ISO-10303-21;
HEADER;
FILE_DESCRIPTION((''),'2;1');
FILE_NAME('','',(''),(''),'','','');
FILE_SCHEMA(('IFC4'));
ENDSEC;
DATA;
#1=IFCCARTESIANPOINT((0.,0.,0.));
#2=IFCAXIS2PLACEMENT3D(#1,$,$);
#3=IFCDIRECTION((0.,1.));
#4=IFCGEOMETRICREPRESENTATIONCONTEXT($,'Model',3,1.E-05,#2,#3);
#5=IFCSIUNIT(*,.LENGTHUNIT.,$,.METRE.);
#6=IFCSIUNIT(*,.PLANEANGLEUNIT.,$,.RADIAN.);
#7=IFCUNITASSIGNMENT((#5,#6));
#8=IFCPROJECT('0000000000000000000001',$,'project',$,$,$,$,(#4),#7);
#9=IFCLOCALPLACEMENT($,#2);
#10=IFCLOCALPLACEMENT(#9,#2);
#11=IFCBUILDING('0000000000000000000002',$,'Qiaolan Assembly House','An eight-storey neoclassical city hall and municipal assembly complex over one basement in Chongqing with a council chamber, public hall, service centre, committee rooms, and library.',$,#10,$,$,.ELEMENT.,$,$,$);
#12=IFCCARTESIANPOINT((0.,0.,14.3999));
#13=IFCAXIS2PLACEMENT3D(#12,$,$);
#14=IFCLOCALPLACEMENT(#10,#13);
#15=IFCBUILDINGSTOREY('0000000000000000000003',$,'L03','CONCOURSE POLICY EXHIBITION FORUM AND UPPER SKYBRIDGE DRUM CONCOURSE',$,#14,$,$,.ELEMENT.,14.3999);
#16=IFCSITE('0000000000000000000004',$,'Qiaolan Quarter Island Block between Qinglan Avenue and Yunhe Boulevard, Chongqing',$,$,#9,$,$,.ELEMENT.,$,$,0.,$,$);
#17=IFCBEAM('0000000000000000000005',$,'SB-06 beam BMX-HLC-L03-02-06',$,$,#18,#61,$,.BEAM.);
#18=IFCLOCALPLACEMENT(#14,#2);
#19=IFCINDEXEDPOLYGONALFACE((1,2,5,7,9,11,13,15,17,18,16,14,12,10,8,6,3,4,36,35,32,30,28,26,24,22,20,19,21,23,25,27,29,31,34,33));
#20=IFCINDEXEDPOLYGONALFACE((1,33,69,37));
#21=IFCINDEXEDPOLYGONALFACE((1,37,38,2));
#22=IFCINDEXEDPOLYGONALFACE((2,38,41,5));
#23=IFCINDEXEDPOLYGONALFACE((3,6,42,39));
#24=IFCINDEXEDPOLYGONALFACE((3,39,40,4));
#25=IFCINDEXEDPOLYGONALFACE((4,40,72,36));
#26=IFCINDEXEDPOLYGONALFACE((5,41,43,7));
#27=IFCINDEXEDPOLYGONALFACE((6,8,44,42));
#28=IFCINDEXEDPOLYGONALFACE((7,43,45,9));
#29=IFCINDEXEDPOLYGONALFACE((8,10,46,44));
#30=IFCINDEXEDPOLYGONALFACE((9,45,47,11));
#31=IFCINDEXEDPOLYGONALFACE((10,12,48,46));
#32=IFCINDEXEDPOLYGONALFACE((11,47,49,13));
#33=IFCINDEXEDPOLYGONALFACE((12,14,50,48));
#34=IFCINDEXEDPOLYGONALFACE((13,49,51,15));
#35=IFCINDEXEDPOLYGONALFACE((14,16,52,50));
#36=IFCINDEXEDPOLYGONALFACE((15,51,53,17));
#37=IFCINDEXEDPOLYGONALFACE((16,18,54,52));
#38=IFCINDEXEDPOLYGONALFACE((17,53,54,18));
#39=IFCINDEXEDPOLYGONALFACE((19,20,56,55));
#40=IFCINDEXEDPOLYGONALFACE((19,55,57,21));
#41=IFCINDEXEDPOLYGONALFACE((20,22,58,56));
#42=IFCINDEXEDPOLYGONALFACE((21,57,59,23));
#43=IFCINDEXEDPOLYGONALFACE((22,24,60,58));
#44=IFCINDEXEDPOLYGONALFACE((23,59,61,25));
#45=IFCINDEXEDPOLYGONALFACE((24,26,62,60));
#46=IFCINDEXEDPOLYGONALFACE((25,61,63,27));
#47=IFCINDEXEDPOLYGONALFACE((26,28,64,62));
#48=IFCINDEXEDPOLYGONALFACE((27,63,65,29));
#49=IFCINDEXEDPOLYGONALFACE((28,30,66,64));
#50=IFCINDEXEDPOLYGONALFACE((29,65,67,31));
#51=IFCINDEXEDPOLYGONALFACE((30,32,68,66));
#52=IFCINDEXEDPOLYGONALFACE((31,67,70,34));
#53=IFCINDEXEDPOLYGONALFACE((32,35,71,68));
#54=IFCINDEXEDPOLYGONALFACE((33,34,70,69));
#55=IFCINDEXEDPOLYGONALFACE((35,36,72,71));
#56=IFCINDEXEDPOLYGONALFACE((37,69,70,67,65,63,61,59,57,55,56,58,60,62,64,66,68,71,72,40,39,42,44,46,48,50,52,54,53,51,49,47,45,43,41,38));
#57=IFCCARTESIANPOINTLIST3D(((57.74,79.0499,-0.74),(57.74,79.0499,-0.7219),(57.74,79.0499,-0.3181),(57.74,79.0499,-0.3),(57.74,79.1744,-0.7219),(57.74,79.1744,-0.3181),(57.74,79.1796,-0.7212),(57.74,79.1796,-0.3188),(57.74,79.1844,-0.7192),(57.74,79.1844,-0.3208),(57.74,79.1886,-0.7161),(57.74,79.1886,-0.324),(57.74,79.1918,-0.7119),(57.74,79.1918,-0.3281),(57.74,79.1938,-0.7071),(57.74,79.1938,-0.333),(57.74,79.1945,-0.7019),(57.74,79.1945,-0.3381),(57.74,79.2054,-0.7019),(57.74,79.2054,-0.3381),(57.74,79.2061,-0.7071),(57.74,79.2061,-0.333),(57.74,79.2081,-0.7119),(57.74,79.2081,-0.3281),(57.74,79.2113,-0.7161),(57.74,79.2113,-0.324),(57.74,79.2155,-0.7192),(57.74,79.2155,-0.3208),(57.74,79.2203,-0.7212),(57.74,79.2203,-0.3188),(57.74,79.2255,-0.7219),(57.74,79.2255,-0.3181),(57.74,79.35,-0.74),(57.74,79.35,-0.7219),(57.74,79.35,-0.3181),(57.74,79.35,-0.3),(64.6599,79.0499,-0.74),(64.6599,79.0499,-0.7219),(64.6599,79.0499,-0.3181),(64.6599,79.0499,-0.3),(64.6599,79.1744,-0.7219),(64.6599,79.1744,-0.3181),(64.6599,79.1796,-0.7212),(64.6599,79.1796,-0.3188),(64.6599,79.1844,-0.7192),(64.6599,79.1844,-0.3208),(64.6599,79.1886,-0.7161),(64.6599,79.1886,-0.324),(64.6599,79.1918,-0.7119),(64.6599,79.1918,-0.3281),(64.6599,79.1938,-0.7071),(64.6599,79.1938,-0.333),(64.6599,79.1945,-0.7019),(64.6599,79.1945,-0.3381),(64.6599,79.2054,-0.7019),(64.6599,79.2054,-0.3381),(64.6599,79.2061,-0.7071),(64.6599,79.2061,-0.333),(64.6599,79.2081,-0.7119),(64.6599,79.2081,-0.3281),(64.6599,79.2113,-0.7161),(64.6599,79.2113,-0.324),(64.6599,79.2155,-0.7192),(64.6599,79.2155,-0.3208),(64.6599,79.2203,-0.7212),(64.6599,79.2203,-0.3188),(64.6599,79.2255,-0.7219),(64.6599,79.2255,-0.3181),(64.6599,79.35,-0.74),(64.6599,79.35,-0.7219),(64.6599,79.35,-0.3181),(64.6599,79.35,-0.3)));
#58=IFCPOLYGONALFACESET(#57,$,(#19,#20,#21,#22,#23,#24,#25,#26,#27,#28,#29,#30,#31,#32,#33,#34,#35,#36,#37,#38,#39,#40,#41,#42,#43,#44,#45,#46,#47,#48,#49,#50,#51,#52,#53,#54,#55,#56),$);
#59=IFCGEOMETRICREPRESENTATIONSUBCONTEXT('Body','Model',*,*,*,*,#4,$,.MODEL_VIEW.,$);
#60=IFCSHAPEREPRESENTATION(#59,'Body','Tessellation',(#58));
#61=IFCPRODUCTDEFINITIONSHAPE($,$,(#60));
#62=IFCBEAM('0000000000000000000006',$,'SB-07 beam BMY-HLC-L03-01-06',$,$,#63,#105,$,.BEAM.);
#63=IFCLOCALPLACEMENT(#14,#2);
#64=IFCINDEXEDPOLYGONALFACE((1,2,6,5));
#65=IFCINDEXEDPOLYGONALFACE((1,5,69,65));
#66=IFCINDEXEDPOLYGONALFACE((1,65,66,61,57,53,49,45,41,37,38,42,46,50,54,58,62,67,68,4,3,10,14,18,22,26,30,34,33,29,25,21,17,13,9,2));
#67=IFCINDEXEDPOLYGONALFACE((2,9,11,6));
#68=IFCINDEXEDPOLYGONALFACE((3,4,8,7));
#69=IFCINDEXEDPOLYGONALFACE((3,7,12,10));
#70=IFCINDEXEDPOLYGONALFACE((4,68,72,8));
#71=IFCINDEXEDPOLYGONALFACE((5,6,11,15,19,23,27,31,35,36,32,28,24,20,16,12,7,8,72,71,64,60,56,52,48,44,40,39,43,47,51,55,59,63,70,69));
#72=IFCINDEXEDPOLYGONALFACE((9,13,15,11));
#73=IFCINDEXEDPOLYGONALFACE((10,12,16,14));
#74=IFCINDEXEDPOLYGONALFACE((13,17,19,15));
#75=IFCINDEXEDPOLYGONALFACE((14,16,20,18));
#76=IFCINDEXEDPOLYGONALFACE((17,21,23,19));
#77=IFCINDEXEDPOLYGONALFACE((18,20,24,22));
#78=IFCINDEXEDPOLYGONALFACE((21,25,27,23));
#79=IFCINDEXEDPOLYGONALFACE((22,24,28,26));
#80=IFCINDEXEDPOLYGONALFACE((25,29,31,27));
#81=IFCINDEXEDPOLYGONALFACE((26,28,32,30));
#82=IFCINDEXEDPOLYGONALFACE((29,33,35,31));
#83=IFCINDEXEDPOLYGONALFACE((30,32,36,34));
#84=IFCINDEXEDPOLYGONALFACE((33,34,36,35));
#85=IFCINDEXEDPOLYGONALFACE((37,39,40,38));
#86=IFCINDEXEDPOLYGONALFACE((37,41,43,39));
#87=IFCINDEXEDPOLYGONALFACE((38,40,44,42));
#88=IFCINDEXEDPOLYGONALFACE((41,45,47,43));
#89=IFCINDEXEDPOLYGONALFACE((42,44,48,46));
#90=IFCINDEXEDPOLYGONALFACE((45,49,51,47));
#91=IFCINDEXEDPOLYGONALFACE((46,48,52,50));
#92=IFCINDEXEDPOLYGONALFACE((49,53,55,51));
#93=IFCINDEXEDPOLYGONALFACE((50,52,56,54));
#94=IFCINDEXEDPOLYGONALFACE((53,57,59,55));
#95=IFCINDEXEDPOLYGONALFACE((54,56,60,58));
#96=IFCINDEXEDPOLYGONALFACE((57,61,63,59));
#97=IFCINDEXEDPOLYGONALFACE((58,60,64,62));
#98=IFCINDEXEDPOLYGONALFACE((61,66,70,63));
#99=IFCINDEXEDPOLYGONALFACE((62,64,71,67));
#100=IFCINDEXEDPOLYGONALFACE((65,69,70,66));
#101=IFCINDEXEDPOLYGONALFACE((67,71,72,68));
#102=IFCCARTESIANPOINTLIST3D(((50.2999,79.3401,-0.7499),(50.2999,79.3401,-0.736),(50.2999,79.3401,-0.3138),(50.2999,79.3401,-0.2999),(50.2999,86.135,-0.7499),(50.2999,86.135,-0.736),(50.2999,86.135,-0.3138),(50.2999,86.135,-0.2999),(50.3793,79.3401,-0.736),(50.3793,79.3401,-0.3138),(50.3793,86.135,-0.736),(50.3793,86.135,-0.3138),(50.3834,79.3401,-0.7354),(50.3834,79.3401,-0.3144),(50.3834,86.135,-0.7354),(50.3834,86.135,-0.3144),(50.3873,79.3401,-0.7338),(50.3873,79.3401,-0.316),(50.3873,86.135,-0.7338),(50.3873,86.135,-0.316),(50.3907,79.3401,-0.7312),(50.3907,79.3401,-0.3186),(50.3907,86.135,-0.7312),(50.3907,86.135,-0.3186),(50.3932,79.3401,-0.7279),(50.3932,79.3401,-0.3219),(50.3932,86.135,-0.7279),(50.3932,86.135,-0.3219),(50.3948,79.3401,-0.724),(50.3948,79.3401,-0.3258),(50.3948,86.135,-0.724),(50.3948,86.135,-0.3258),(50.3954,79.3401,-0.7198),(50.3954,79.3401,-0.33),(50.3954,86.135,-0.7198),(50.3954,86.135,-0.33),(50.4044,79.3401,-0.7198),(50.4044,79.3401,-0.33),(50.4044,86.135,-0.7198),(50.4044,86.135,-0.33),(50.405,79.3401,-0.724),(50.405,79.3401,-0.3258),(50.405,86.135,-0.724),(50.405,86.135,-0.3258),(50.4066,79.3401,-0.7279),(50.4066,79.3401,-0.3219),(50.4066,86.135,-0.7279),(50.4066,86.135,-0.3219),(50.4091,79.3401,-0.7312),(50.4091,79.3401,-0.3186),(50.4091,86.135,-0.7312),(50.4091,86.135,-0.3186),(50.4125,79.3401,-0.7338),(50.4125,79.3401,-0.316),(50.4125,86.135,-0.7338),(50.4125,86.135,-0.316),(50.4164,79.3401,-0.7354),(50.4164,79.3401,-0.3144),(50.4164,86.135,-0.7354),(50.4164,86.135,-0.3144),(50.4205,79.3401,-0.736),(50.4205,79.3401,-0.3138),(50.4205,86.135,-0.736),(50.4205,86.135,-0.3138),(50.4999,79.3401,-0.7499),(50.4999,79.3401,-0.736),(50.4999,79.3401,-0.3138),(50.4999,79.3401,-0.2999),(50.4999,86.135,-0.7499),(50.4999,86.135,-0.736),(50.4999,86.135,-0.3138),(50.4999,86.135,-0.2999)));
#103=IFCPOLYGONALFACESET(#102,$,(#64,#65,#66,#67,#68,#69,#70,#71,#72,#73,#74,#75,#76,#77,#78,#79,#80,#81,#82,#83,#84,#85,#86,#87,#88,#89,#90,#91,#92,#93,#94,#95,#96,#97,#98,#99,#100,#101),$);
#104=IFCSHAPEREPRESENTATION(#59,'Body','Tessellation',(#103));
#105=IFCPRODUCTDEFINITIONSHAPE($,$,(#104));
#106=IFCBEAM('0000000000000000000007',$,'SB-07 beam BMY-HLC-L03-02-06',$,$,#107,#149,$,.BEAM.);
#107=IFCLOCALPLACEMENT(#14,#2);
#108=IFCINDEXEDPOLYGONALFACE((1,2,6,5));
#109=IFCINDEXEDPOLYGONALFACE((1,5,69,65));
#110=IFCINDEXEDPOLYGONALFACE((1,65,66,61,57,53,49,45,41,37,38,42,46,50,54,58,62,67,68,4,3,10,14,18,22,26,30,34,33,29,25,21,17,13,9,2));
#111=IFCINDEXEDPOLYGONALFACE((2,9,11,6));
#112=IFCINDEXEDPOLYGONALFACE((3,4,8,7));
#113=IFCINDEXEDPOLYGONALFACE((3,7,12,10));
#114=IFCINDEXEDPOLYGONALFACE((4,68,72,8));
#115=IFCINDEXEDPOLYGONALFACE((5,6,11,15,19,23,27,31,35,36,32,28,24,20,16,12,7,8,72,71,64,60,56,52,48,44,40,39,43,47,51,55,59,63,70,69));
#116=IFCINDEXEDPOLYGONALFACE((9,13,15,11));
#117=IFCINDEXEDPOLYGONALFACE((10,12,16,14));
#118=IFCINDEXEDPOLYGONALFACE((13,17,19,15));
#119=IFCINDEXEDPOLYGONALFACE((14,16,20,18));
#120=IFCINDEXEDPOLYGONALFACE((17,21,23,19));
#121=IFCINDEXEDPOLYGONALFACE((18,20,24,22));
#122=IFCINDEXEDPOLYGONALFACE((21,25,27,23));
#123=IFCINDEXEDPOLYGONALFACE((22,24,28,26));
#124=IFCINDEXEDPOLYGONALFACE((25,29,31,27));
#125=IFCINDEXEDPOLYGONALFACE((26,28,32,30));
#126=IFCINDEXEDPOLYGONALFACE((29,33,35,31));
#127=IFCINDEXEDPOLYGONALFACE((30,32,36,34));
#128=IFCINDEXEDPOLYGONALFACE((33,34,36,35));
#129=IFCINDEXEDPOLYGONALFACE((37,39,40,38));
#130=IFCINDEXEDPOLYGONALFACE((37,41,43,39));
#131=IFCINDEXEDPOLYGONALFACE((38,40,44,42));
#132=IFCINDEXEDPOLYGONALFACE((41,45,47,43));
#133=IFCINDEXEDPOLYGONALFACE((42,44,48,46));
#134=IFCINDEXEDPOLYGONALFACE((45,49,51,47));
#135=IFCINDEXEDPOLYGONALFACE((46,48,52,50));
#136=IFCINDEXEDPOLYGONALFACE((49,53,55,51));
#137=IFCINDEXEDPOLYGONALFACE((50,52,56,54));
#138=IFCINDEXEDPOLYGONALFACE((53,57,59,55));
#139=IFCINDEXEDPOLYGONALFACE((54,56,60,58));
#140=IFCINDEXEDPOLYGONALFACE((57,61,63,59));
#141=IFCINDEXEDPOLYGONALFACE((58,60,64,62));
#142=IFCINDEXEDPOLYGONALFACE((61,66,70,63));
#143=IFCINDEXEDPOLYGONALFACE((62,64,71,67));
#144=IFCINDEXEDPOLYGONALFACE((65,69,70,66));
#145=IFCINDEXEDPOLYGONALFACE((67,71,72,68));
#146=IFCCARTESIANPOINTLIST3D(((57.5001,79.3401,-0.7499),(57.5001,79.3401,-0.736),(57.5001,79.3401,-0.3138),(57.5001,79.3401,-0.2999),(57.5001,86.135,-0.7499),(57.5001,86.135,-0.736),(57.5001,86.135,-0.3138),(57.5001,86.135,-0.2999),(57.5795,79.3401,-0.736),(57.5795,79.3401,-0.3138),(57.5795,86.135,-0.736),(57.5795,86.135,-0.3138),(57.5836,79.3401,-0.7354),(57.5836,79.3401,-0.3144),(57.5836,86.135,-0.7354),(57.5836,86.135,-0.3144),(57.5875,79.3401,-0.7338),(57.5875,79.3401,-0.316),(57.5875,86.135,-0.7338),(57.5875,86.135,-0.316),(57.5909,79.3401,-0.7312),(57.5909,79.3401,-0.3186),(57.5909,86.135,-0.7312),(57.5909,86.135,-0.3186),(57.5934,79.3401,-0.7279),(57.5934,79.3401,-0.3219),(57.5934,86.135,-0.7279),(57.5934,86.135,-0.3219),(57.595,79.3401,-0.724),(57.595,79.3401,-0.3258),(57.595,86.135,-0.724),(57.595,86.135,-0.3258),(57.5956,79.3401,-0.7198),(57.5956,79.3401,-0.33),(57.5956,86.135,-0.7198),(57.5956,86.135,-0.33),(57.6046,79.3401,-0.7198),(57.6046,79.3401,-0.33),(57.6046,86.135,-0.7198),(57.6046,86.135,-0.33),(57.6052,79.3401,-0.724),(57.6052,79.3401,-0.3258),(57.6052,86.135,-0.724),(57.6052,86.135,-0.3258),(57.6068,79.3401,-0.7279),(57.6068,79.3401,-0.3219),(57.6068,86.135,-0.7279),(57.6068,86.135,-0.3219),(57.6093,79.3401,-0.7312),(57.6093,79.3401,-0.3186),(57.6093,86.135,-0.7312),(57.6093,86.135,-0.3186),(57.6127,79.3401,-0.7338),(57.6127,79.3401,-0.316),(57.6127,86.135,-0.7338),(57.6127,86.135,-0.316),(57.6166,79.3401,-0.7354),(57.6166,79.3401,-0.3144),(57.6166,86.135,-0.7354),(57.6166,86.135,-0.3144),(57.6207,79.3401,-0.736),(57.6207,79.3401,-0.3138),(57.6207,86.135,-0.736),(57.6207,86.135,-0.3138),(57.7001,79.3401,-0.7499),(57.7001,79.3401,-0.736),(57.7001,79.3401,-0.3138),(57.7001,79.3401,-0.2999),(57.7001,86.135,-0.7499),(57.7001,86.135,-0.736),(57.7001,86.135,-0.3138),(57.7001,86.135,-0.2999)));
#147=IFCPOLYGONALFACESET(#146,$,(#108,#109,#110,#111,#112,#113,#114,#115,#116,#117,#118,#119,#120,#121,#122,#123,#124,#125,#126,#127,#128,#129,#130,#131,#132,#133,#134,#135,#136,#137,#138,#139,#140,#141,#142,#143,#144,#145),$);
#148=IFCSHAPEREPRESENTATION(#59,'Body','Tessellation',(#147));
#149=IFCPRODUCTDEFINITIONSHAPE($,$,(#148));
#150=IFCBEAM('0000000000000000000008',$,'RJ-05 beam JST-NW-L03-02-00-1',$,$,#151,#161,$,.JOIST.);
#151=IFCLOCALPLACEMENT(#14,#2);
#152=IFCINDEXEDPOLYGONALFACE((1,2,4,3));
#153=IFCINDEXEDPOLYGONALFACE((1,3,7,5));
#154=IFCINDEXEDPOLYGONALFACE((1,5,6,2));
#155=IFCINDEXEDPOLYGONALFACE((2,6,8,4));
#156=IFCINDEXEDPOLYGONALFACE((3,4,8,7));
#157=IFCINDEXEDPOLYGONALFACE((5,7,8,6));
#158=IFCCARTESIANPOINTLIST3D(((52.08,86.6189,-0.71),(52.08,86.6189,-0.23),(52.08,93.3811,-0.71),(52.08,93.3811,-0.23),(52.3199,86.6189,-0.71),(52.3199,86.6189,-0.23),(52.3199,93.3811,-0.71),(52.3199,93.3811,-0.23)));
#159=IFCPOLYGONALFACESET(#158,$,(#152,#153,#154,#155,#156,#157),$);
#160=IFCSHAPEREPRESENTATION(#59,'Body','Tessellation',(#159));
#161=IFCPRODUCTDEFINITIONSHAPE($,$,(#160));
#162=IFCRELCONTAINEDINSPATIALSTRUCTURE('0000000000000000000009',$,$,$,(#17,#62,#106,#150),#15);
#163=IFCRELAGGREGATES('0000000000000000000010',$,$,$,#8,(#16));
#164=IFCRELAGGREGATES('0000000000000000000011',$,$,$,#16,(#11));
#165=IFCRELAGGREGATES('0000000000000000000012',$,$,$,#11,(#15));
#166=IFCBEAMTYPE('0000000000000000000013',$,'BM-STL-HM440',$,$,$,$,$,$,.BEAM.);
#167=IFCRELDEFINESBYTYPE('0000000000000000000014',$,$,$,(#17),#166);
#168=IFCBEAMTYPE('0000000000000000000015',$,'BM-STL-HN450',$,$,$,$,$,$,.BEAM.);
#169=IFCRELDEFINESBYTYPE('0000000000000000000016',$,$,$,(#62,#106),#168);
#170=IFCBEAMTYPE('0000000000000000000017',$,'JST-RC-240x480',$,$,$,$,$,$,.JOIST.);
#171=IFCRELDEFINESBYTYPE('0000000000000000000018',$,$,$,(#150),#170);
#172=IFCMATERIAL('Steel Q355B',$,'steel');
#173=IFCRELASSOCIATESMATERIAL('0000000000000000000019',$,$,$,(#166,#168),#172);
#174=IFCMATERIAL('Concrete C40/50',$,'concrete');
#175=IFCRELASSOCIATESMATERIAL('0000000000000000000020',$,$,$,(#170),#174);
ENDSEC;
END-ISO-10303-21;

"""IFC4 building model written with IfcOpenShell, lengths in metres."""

from ifc_helpers import new_model, si_unit, direction, frame, origin, origin_2d, place, context, subcontext, project, spatial, rectangle, i_section, extrude, material, material_profile, profile_set, type_object, element, save


model = new_model("IFC4")

# Units and contexts
model_context = context("Model", 3, precision=1e-05, world=origin(), true_north=direction((0.0, 1.0)))
body_context = subcontext(model_context, "Body", "Model", "MODEL_VIEW")
ifc_project = project(units=[si_unit("LENGTHUNIT", "METRE"), si_unit("PLANEANGLEUNIT", "RADIAN")], contexts=[model_context])

# Site, building, storey
site_placement = place(None, origin())
site = spatial("IfcSite", under=ifc_project, at=site_placement, Name="Qiaolan Quarter Island Block between Qinglan Avenue and Yunhe Boulevard, Chongqing", CompositionType="ELEMENT", RefElevation=0.0)
building_placement = place(site_placement, origin())
building = spatial("IfcBuilding", under=site, at=building_placement, Name="Qiaolan Assembly House", Description="An eight-storey neoclassical city hall and municipal assembly complex over one basement in Chongqing with a council chamber, public hall, service centre, committee rooms, and library.", CompositionType="ELEMENT")
storey_placement = place(building_placement, frame((0.0, 0.0, 14.3999)))
storey = spatial("IfcBuildingStorey", under=building, at=storey_placement, Name="L03", Description="CONCOURSE POLICY EXHIBITION FORUM AND UPPER SKYBRIDGE DRUM CONCOURSE", CompositionType="ELEMENT", Elevation=14.3999)

# Shared definitions
ifc_material_1 = material(Name="Steel Q355B", Category="steel")

# Beams
ifc_material_2 = material(Name="Concrete C40/50", Category="concrete")
ifc_material_profile_1 = material_profile(ifc_material_1, i_section(OverallWidth=0.3, OverallDepth=0.4399, WebThickness=0.011, FlangeThickness=0.0181, FilletRadius=0.02, at=origin_2d()), Name="HM 440x300x11x18")
ifc_profile_set_1 = profile_set([ifc_material_profile_1], Name="Steel Q355B")
beam_type_1 = type_object("IfcBeamType", Name="BM-STL-HM440", PredefinedType="BEAM", material=ifc_profile_set_1)
for number, where, z_axis, x_axis, name in (
    (1, (57.74, 79.2, -0.52), (1.0, 0.0, 0.0), (0.0, 1.0, 0.0), "SB-06 beam BMX-HLC-L03-02-06"),
):
    element("IfcBeam", number, at=place(storey_placement, frame(where, z_axis=z_axis, x_axis=x_axis)), inside=storey, type_object=beam_type_1, Name=name, PredefinedType="BEAM", context=body_context, shape_type="SweptSolid", body=[
        extrude(i_section(OverallWidth=0.3, OverallDepth=0.4399, WebThickness=0.011, FlangeThickness=0.0181, FilletRadius=0.02, at=origin_2d()), origin(), (0.0, 0.0, 1.0), 6.9199),
    ])
ifc_material_profile_2 = material_profile(ifc_material_1, i_section(OverallWidth=0.2, OverallDepth=0.45, WebThickness=0.009, FlangeThickness=0.0139, FilletRadius=0.0161, at=origin_2d()), Name="HN 450x200x9x14")
ifc_profile_set_2 = profile_set([ifc_material_profile_2], Name="Steel Q355B")
beam_type_2 = type_object("IfcBeamType", Name="BM-STL-HN450", PredefinedType="BEAM", material=ifc_profile_set_2)
for number, where, z_axis, x_axis, name in (
    (2, (50.3999, 79.3401, -0.5249), (0.0, 1.0, 0.0), (-1.0, 0.0, 0.0), "SB-07 beam BMY-HLC-L03-01-06"),
    (3, (57.6001, 79.3401, -0.5249), (0.0, 1.0, 0.0), (-1.0, 0.0, 0.0), "SB-07 beam BMY-HLC-L03-02-06"),
):
    element("IfcBeam", number, at=place(storey_placement, frame(where, z_axis=z_axis, x_axis=x_axis)), inside=storey, type_object=beam_type_2, Name=name, PredefinedType="BEAM", context=body_context, shape_type="SweptSolid", body=[
        extrude(i_section(OverallWidth=0.2, OverallDepth=0.45, WebThickness=0.009, FlangeThickness=0.0139, FilletRadius=0.0161, at=origin_2d()), origin(), (0.0, 0.0, 1.0), 6.7949),
    ])
ifc_material_profile_3 = material_profile(ifc_material_2, rectangle(XDim=0.24, YDim=0.48, at=origin_2d()), Name="RCB 240x480")
ifc_profile_set_3 = profile_set([ifc_material_profile_3], Name="Concrete C40/50")
beam_type_3 = type_object("IfcBeamType", Name="JST-RC-240x480", PredefinedType="JOIST", material=ifc_profile_set_3)
beam_placement = place(storey_placement, frame((52.2, 86.6189, -0.47), z_axis=(0.0, 1.0, 0.0), x_axis=(-1.0, 0.0, 0.0)))
element("IfcBeam", 4, at=beam_placement, inside=storey, type_object=beam_type_3, Name="RJ-05 beam JST-NW-L03-02-00-1", PredefinedType="JOIST", context=body_context, shape_type="SweptSolid", body=[
    extrude(rectangle(XDim=0.24, YDim=0.48, at=origin_2d()), origin(), (0.0, 0.0, 1.0), 6.7622),
])

save(model, "model.ifc")
